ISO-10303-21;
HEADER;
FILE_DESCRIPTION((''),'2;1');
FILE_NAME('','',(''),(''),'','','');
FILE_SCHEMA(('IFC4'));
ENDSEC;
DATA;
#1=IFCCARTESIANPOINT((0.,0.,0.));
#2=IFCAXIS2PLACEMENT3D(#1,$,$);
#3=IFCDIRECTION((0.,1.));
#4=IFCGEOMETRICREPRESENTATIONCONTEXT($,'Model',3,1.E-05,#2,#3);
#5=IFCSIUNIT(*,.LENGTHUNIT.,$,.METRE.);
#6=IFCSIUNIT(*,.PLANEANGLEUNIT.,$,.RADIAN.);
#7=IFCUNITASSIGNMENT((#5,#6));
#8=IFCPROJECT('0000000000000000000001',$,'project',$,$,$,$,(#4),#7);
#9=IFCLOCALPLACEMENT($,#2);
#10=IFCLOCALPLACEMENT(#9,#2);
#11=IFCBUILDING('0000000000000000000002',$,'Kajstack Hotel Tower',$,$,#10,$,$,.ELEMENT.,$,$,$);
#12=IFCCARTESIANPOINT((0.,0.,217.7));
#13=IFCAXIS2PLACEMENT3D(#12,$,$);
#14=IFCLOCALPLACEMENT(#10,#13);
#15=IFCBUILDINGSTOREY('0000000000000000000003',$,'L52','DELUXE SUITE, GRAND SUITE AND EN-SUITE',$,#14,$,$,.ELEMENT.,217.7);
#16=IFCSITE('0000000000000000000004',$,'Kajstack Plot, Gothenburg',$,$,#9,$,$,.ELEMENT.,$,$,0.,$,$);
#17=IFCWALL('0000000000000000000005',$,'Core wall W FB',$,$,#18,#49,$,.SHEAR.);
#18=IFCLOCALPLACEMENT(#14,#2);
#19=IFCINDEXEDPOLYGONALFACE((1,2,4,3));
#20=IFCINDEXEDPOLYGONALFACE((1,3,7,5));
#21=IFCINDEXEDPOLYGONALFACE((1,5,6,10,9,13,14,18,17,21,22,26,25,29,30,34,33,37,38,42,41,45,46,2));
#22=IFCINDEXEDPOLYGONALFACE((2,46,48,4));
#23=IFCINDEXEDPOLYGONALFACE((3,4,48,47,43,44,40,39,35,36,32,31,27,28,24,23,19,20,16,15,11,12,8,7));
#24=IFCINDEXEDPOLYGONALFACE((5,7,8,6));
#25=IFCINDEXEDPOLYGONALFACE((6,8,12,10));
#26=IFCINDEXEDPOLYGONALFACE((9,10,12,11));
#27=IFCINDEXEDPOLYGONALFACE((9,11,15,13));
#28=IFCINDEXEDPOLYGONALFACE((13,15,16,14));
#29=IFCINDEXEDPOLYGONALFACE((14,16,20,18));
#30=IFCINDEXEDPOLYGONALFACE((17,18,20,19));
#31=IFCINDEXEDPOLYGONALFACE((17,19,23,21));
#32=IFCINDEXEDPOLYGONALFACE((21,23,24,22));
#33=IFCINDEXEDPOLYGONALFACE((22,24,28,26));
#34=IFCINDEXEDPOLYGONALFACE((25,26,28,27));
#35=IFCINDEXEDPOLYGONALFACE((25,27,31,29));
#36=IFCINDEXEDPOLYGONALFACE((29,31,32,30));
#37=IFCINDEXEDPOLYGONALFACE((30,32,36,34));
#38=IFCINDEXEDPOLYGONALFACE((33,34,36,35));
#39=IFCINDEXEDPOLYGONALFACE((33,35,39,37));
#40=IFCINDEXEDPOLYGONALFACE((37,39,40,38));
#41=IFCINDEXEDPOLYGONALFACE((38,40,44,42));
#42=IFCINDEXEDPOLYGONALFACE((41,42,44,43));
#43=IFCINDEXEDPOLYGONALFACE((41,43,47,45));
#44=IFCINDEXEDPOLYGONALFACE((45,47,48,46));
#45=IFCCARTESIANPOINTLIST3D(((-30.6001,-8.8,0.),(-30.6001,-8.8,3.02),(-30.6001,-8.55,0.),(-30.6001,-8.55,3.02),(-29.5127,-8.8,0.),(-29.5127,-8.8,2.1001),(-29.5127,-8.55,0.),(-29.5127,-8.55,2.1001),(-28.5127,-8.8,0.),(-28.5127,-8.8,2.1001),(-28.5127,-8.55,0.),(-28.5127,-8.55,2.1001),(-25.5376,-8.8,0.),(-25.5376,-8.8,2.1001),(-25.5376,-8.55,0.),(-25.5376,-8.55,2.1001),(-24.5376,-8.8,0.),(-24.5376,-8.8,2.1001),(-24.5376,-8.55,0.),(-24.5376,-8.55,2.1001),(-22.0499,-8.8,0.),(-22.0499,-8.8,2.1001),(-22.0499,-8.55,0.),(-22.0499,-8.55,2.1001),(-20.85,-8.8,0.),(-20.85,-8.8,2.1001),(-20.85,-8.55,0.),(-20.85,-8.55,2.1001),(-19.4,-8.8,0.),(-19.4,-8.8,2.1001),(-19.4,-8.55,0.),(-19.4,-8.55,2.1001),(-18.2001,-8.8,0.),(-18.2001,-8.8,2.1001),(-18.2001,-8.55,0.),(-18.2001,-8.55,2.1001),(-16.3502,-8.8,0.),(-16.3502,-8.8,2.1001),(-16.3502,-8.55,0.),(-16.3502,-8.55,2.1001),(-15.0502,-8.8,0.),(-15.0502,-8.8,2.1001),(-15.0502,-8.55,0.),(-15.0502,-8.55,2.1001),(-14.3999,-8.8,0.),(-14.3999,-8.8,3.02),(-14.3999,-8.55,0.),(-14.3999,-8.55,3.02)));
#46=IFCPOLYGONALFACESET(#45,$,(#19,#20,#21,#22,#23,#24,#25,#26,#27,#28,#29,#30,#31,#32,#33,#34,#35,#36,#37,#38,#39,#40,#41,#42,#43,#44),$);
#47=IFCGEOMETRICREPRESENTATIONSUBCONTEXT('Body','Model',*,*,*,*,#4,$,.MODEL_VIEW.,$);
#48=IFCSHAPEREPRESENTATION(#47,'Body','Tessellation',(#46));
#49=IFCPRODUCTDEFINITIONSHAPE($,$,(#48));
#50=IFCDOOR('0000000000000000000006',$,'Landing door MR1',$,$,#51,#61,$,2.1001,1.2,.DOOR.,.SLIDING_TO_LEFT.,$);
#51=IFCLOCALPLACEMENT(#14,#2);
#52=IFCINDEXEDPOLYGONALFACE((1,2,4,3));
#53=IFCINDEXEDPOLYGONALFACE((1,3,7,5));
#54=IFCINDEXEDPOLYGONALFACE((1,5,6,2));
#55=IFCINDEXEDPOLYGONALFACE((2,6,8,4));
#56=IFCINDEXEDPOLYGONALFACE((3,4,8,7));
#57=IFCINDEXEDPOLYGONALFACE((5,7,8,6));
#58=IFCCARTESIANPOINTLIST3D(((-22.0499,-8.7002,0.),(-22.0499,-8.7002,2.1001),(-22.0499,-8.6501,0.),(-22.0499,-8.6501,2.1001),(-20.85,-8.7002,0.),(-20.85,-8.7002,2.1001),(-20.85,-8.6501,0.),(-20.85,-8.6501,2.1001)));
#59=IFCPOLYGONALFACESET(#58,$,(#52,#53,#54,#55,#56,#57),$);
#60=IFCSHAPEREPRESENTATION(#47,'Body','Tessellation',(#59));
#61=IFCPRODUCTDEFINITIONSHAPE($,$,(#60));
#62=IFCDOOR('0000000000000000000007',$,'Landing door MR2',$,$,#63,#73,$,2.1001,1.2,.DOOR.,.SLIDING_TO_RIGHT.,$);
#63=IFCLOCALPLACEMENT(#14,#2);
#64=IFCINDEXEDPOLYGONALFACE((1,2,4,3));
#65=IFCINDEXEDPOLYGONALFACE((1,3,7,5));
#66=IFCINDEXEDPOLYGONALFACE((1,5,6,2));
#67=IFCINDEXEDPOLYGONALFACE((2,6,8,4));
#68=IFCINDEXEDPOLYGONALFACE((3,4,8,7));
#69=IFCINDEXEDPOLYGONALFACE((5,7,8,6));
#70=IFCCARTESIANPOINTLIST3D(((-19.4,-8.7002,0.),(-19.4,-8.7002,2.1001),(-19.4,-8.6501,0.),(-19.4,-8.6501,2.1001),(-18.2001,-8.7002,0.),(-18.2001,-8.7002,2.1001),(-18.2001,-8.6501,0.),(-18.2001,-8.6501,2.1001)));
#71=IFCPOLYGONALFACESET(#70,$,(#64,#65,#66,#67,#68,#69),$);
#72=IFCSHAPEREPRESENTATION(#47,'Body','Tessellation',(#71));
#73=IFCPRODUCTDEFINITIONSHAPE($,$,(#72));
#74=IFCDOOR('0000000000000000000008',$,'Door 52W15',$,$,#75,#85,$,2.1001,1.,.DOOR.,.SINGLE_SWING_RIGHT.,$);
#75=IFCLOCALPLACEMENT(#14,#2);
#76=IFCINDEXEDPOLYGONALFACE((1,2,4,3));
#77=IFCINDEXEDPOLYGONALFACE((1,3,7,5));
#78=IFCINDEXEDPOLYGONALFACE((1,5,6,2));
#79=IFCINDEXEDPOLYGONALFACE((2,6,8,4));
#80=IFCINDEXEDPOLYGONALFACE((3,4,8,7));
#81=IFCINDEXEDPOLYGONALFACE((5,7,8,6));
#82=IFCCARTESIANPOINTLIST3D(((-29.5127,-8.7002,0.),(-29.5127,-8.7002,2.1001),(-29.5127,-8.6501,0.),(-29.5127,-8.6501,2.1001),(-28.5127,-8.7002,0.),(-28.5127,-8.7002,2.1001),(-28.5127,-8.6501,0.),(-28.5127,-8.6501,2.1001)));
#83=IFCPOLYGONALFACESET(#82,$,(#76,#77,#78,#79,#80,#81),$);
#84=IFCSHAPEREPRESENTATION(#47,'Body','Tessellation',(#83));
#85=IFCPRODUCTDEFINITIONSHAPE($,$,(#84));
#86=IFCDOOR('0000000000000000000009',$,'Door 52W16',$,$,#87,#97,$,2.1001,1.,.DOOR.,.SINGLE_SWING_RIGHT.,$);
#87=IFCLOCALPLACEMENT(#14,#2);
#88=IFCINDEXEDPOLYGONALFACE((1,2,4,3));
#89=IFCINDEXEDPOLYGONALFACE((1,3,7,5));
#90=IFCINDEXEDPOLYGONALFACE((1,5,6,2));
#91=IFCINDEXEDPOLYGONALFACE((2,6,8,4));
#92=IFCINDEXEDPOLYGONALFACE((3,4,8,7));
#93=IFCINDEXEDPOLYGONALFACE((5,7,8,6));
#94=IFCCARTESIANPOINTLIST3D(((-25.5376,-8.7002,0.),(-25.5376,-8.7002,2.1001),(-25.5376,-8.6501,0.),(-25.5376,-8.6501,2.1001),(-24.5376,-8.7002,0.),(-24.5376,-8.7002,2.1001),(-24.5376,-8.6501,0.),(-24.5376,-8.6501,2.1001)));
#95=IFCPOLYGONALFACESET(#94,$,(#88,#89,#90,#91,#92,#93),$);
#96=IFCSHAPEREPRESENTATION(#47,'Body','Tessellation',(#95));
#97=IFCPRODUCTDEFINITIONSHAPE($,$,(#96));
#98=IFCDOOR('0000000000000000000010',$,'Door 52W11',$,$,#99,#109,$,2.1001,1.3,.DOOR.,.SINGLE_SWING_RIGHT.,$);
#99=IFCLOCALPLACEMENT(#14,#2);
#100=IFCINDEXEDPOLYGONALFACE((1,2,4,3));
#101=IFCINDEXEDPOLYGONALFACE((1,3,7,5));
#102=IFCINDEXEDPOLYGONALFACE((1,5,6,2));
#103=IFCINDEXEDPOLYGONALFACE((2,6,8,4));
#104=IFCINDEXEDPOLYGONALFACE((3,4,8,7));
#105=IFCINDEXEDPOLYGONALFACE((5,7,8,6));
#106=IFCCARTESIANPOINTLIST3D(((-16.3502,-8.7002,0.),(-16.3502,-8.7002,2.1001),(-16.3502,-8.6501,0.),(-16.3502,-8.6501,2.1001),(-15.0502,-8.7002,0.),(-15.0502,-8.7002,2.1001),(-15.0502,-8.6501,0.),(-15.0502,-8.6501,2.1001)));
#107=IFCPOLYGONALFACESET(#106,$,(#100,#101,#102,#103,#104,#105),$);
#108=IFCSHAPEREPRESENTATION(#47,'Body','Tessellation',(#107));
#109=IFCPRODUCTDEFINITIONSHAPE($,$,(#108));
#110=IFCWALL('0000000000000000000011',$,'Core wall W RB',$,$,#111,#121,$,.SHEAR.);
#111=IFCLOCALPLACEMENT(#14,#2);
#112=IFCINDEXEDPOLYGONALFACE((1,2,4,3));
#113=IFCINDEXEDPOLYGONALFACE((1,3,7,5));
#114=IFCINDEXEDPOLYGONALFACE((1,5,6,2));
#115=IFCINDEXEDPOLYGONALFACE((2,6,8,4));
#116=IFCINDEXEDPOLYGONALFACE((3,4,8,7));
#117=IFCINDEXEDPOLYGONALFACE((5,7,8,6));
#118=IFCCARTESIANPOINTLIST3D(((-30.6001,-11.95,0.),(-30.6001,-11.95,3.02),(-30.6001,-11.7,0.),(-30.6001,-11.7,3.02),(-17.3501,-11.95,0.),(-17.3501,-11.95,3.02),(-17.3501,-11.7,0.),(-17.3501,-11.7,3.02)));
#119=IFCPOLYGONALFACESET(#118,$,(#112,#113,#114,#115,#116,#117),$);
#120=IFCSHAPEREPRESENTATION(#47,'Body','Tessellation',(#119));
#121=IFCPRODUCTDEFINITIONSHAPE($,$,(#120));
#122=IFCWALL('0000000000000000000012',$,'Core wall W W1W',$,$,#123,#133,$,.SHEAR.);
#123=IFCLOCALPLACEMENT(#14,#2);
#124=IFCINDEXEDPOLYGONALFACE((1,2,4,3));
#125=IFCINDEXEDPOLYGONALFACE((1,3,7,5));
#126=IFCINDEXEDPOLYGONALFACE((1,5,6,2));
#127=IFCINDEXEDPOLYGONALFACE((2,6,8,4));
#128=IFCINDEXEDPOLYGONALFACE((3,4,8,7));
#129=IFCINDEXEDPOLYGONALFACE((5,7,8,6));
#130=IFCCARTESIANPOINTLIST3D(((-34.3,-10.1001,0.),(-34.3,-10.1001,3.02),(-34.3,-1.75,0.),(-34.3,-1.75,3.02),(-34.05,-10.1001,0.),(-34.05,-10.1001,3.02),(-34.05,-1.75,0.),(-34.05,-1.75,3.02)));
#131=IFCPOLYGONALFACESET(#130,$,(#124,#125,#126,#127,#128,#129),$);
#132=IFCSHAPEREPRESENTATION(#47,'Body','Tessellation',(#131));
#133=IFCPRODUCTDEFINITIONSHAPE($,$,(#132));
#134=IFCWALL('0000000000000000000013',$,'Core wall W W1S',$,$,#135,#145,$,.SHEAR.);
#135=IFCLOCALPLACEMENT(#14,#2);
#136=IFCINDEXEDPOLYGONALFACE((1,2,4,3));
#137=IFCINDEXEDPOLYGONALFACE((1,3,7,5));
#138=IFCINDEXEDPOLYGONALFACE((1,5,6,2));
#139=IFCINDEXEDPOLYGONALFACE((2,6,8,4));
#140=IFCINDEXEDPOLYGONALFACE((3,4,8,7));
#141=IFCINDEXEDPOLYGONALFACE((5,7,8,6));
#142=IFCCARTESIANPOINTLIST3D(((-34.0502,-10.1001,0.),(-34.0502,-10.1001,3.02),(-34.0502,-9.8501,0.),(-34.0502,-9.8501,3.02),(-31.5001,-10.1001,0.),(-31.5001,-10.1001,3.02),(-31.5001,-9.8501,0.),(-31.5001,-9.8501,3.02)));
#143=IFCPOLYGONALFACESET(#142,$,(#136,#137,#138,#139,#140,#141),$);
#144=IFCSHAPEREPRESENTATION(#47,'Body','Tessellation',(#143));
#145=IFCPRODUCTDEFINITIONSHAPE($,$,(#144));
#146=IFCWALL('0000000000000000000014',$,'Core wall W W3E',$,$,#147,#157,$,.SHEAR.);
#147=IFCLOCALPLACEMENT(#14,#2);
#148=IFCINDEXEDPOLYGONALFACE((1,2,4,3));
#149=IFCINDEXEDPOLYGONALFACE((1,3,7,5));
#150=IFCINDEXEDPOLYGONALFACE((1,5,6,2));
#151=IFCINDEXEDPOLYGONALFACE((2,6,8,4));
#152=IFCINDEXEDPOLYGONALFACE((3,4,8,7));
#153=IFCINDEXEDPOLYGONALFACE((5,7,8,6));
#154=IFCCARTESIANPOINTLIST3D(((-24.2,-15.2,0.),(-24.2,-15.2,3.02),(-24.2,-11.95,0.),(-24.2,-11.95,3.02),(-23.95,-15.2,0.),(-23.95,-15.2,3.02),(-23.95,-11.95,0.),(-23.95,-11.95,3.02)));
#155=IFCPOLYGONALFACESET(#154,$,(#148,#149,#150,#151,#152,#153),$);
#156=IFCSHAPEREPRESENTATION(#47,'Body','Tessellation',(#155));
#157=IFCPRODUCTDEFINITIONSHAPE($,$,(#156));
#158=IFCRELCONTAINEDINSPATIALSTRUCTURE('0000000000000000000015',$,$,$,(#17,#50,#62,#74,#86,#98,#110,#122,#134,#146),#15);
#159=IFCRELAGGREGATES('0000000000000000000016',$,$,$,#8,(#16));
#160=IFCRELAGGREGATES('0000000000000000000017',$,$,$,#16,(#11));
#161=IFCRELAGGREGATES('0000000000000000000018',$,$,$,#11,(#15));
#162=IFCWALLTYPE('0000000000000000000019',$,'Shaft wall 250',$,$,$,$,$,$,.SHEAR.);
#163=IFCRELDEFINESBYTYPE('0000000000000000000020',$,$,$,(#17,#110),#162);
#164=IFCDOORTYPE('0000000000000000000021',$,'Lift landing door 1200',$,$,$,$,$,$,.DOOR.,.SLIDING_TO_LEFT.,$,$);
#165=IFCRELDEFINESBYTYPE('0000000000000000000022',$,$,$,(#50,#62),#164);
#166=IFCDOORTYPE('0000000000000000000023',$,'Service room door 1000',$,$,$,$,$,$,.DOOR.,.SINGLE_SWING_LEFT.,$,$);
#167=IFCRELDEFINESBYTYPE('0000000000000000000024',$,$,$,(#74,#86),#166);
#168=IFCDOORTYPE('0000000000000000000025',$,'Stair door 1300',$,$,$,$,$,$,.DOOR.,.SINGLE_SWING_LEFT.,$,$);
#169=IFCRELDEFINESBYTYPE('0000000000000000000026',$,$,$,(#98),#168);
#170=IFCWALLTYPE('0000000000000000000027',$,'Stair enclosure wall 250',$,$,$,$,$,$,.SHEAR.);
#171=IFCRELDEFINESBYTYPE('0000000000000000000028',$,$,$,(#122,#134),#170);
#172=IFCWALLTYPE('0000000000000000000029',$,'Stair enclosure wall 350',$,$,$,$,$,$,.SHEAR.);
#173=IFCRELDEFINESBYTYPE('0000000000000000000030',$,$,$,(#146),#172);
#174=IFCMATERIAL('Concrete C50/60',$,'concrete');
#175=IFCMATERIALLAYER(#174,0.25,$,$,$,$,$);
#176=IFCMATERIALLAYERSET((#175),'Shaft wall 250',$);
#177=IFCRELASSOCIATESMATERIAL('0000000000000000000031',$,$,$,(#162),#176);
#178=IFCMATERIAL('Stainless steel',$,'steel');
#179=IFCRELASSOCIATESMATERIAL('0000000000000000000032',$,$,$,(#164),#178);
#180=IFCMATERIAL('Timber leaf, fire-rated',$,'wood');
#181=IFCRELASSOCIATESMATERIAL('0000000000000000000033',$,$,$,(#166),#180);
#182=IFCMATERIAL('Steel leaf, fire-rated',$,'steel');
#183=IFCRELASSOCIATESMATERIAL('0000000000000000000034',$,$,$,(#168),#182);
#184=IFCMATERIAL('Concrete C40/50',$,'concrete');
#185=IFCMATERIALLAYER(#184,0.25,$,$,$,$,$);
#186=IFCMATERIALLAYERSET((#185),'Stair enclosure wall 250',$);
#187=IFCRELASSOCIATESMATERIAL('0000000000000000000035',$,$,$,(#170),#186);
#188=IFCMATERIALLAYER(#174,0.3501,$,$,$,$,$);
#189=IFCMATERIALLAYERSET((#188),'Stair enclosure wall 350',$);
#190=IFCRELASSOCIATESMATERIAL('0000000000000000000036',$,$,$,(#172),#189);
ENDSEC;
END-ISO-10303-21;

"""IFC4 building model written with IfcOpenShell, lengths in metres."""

from ifc_helpers import new_model, si_unit, direction, frame, frame_2d, origin, place, context, subcontext, project, spatial, rectangle, extrude, material, layer, layer_set, type_object, element, fill, save


model = new_model("IFC4")

# Units and contexts
model_context = context("Model", 3, precision=1e-05, world=origin(), true_north=direction((0.0, 1.0)))
body_context = subcontext(model_context, "Body", "Model", "MODEL_VIEW")
ifc_project = project(units=[si_unit("LENGTHUNIT", "METRE"), si_unit("PLANEANGLEUNIT", "RADIAN")], contexts=[model_context])

# Site, building, storey
site_placement = place(None, origin())
site = spatial("IfcSite", under=ifc_project, at=site_placement, Name="Kajstack Plot, Gothenburg", CompositionType="ELEMENT", RefElevation=0.0)
building_placement = place(site_placement, origin())
building = spatial("IfcBuilding", under=site, at=building_placement, Name="Kajstack Hotel Tower", CompositionType="ELEMENT")
storey_placement = place(building_placement, frame((0.0, 0.0, 217.7)))
storey = spatial("IfcBuildingStorey", under=building, at=storey_placement, Name="L52", Description="DELUXE SUITE, GRAND SUITE AND EN-SUITE", CompositionType="ELEMENT", Elevation=217.7)

# Wall, openings, doors
ifc_material_1 = material(Name="Concrete C50/60", Category="concrete")
ifc_layer_1 = layer(ifc_material_1, 0.25)
ifc_layer_set_1 = layer_set([ifc_layer_1], Name="Shaft wall 250")
wall_type_1 = type_object("IfcWallType", Name="Shaft wall 250", PredefinedType="SHEAR", material=ifc_layer_set_1)
ifc_material_2 = material(Name="Stainless steel", Category="steel")
door_type_1 = type_object("IfcDoorType", Name="Lift landing door 1200", OperationType="SLIDING_TO_LEFT", PredefinedType="DOOR", material=ifc_material_2)
wall_1_placement = place(storey_placement, frame((-30.6001, -8.675, 0.0), z_axis=(0.0, 0.0, 1.0), x_axis=(1.0, 0.0, 0.0)))
wall_1 = element("IfcWall", 1, at=wall_1_placement, inside=storey, type_object=wall_type_1, Name="Core wall W FB", PredefinedType="SHEAR", context=body_context, shape_type="SweptSolid", body=[
    extrude(rectangle(XDim=16.2002, YDim=0.25, at=frame_2d((8.1001, 0.0))), origin(), (0.0, 0.0, 1.0), 3.02),
])
opening_1_placement = place(wall_1_placement, frame((8.55, 0.0, 0.0)))
opening_1 = element("IfcOpeningElement", 2, at=opening_1_placement, cuts=wall_1, PredefinedType="OPENING", context=body_context, shape_type="SweptSolid", body=[
    extrude(rectangle(XDim=1.2, YDim=2.1001, at=frame_2d((0.6001, 1.05))), frame((0.0, 0.135, 0.0), z_axis=(0.0, -1.0, 0.0), x_axis=(1.0, 0.0, 0.0)), (0.0, 0.0, 1.0), 0.27),
])
opening_2_placement = place(wall_1_placement, frame((11.2, 0.0, 0.0)))
opening_2 = element("IfcOpeningElement", 3, at=opening_2_placement, cuts=wall_1, PredefinedType="OPENING", context=body_context, shape_type="SweptSolid", body=[
    extrude(rectangle(XDim=1.2, YDim=2.1001, at=frame_2d((0.6001, 1.05))), frame((0.0, 0.135, 0.0), z_axis=(0.0, -1.0, 0.0), x_axis=(1.0, 0.0, 0.0)), (0.0, 0.0, 1.0), 0.27),
])
opening_3_placement = place(wall_1_placement, frame((14.25, 0.0, 0.0)))
opening_3 = element("IfcOpeningElement", 4, at=opening_3_placement, cuts=wall_1, PredefinedType="OPENING", context=body_context, shape_type="SweptSolid", body=[
    extrude(rectangle(XDim=1.3, YDim=2.1001, at=frame_2d((0.6499, 1.05))), frame((0.0, 0.135, 0.0), z_axis=(0.0, -1.0, 0.0), x_axis=(1.0, 0.0, 0.0)), (0.0, 0.0, 1.0), 0.27),
])
opening_4_placement = place(wall_1_placement, frame((1.0874, 0.0, 0.0)))
opening_4 = element("IfcOpeningElement", 5, at=opening_4_placement, cuts=wall_1, PredefinedType="OPENING", context=body_context, shape_type="SweptSolid", body=[
    extrude(rectangle(XDim=1.0, YDim=2.1001, at=frame_2d((0.5, 1.05))), frame((0.0, 0.135, 0.0), z_axis=(0.0, -1.0, 0.0), x_axis=(1.0, 0.0, 0.0)), (0.0, 0.0, 1.0), 0.27),
])
opening_5_placement = place(wall_1_placement, frame((5.0625, 0.0, 0.0)))
opening_5 = element("IfcOpeningElement", 6, at=opening_5_placement, cuts=wall_1, PredefinedType="OPENING", context=body_context, shape_type="SweptSolid", body=[
    extrude(rectangle(XDim=1.0, YDim=2.1001, at=frame_2d((0.5, 1.05))), frame((0.0, 0.135, 0.0), z_axis=(0.0, -1.0, 0.0), x_axis=(1.0, 0.0, 0.0)), (0.0, 0.0, 1.0), 0.27),
])
door_1_placement = place(opening_1_placement, origin())
door_1 = element("IfcDoor", 7, at=door_1_placement, inside=storey, type_object=door_type_1, Name="Landing door MR1", OperationType="SLIDING_TO_LEFT", OverallHeight=2.1001, OverallWidth=1.2, PredefinedType="DOOR", context=body_context, shape_type="SweptSolid", body=[
    extrude(rectangle(XDim=1.2, YDim=2.1001, at=frame_2d((0.6001, 1.05))), frame((0.0, 0.0249, 0.0), z_axis=(0.0, -1.0, 0.0), x_axis=(1.0, 0.0, 0.0)), (0.0, 0.0, 1.0), 0.05),
])
fill(opening_1, door_1)
door_2_placement = place(opening_2_placement, origin())
door_2 = element("IfcDoor", 8, at=door_2_placement, inside=storey, type_object=door_type_1, Name="Landing door MR2", OperationType="SLIDING_TO_RIGHT", OverallHeight=2.1001, OverallWidth=1.2, PredefinedType="DOOR", context=body_context, shape_type="SweptSolid", body=[
    extrude(rectangle(XDim=1.2, YDim=2.1001, at=frame_2d((0.6001, 1.05))), frame((0.0, 0.0249, 0.0), z_axis=(0.0, -1.0, 0.0), x_axis=(1.0, 0.0, 0.0)), (0.0, 0.0, 1.0), 0.05),
])
fill(opening_2, door_2)
ifc_material_3 = material(Name="Timber leaf, fire-rated", Category="wood")
door_type_2 = type_object("IfcDoorType", Name="Service room door 1000", OperationType="SINGLE_SWING_LEFT", PredefinedType="DOOR", material=ifc_material_3)
door_3_placement = place(opening_4_placement, origin())
door_3 = element("IfcDoor", 9, at=door_3_placement, inside=storey, type_object=door_type_2, Name="Door 52W15", OperationType="SINGLE_SWING_RIGHT", OverallHeight=2.1001, OverallWidth=1.0, PredefinedType="DOOR", context=body_context, shape_type="SweptSolid", body=[
    extrude(rectangle(XDim=1.0, YDim=2.1001, at=frame_2d((0.5, 1.05))), frame((0.0, 0.0249, 0.0), z_axis=(0.0, -1.0, 0.0), x_axis=(1.0, 0.0, 0.0)), (0.0, 0.0, 1.0), 0.05),
])
fill(opening_4, door_3)
door_4_placement = place(opening_5_placement, origin())
door_4 = element("IfcDoor", 10, at=door_4_placement, inside=storey, type_object=door_type_2, Name="Door 52W16", OperationType="SINGLE_SWING_RIGHT", OverallHeight=2.1001, OverallWidth=1.0, PredefinedType="DOOR", context=body_context, shape_type="SweptSolid", body=[
    extrude(rectangle(XDim=1.0, YDim=2.1001, at=frame_2d((0.5, 1.05))), frame((0.0, 0.0249, 0.0), z_axis=(0.0, -1.0, 0.0), x_axis=(1.0, 0.0, 0.0)), (0.0, 0.0, 1.0), 0.05),
])
fill(opening_5, door_4)
ifc_material_4 = material(Name="Steel leaf, fire-rated", Category="steel")
door_type_3 = type_object("IfcDoorType", Name="Stair door 1300", OperationType="SINGLE_SWING_LEFT", PredefinedType="DOOR", material=ifc_material_4)
door_5_placement = place(opening_3_placement, origin())
door_5 = element("IfcDoor", 11, at=door_5_placement, inside=storey, type_object=door_type_3, Name="Door 52W11", OperationType="SINGLE_SWING_RIGHT", OverallHeight=2.1001, OverallWidth=1.3, PredefinedType="DOOR", context=body_context, shape_type="SweptSolid", body=[
    extrude(rectangle(XDim=1.3, YDim=2.1001, at=frame_2d((0.6499, 1.05))), frame((0.0, 0.0249, 0.0), z_axis=(0.0, -1.0, 0.0), x_axis=(1.0, 0.0, 0.0)), (0.0, 0.0, 1.0), 0.05),
])
fill(opening_3, door_5)

# Walls
wall_2_placement = place(storey_placement, frame((-30.6001, -11.825, 0.0), z_axis=(0.0, 0.0, 1.0), x_axis=(1.0, 0.0, 0.0)))
element("IfcWall", 12, at=wall_2_placement, inside=storey, type_object=wall_type_1, Name="Core wall W RB", PredefinedType="SHEAR", context=body_context, shape_type="SweptSolid", body=[
    extrude(rectangle(XDim=13.25, YDim=0.25, at=frame_2d((6.625, 0.0))), origin(), (0.0, 0.0, 1.0), 3.02),
])
ifc_material_5 = material(Name="Concrete C40/50", Category="concrete")
ifc_layer_2 = layer(ifc_material_5, 0.25)
ifc_layer_set_2 = layer_set([ifc_layer_2], Name="Stair enclosure wall 250")
wall_type_2 = type_object("IfcWallType", Name="Stair enclosure wall 250", PredefinedType="SHEAR", material=ifc_layer_set_2)
wall_3_placement = place(storey_placement, frame((-34.175, -10.1001, 0.0), z_axis=(0.0, 0.0, 1.0), x_axis=(0.0, 1.0, 0.0)))
element("IfcWall", 13, at=wall_3_placement, inside=storey, type_object=wall_type_2, Name="Core wall W W1W", PredefinedType="SHEAR", context=body_context, shape_type="SweptSolid", body=[
    extrude(rectangle(XDim=8.3501, YDim=0.25, at=frame_2d((4.175, 0.0))), origin(), (0.0, 0.0, 1.0), 3.02),
])
wall_4_placement = place(storey_placement, frame((-34.05, -9.9751, 0.0), z_axis=(0.0, 0.0, 1.0), x_axis=(1.0, 0.0, 0.0)))
element("IfcWall", 14, at=wall_4_placement, inside=storey, type_object=wall_type_2, Name="Core wall W W1S", PredefinedType="SHEAR", context=body_context, shape_type="SweptSolid", body=[
    extrude(rectangle(XDim=2.55, YDim=0.25, at=frame_2d((1.2749, 0.0))), origin(), (0.0, 0.0, 1.0), 3.02),
])
ifc_layer_3 = layer(ifc_material_1, 0.3501)
ifc_layer_set_3 = layer_set([ifc_layer_3], Name="Stair enclosure wall 350")
wall_type_3 = type_object("IfcWallType", Name="Stair enclosure wall 350", PredefinedType="SHEAR", material=ifc_layer_set_3)
wall_5_placement = place(storey_placement, frame((-24.075, -15.2, 0.0), z_axis=(0.0, 0.0, 1.0), x_axis=(0.0, 1.0, 0.0)))
element("IfcWall", 15, at=wall_5_placement, inside=storey, type_object=wall_type_3, Name="Core wall W W3E", PredefinedType="SHEAR", context=body_context, shape_type="SweptSolid", body=[
    extrude(rectangle(XDim=3.25, YDim=0.25, at=frame_2d((1.625, 0.0))), origin(), (0.0, 0.0, 1.0), 3.02),
])

save(model, "model.ifc")
